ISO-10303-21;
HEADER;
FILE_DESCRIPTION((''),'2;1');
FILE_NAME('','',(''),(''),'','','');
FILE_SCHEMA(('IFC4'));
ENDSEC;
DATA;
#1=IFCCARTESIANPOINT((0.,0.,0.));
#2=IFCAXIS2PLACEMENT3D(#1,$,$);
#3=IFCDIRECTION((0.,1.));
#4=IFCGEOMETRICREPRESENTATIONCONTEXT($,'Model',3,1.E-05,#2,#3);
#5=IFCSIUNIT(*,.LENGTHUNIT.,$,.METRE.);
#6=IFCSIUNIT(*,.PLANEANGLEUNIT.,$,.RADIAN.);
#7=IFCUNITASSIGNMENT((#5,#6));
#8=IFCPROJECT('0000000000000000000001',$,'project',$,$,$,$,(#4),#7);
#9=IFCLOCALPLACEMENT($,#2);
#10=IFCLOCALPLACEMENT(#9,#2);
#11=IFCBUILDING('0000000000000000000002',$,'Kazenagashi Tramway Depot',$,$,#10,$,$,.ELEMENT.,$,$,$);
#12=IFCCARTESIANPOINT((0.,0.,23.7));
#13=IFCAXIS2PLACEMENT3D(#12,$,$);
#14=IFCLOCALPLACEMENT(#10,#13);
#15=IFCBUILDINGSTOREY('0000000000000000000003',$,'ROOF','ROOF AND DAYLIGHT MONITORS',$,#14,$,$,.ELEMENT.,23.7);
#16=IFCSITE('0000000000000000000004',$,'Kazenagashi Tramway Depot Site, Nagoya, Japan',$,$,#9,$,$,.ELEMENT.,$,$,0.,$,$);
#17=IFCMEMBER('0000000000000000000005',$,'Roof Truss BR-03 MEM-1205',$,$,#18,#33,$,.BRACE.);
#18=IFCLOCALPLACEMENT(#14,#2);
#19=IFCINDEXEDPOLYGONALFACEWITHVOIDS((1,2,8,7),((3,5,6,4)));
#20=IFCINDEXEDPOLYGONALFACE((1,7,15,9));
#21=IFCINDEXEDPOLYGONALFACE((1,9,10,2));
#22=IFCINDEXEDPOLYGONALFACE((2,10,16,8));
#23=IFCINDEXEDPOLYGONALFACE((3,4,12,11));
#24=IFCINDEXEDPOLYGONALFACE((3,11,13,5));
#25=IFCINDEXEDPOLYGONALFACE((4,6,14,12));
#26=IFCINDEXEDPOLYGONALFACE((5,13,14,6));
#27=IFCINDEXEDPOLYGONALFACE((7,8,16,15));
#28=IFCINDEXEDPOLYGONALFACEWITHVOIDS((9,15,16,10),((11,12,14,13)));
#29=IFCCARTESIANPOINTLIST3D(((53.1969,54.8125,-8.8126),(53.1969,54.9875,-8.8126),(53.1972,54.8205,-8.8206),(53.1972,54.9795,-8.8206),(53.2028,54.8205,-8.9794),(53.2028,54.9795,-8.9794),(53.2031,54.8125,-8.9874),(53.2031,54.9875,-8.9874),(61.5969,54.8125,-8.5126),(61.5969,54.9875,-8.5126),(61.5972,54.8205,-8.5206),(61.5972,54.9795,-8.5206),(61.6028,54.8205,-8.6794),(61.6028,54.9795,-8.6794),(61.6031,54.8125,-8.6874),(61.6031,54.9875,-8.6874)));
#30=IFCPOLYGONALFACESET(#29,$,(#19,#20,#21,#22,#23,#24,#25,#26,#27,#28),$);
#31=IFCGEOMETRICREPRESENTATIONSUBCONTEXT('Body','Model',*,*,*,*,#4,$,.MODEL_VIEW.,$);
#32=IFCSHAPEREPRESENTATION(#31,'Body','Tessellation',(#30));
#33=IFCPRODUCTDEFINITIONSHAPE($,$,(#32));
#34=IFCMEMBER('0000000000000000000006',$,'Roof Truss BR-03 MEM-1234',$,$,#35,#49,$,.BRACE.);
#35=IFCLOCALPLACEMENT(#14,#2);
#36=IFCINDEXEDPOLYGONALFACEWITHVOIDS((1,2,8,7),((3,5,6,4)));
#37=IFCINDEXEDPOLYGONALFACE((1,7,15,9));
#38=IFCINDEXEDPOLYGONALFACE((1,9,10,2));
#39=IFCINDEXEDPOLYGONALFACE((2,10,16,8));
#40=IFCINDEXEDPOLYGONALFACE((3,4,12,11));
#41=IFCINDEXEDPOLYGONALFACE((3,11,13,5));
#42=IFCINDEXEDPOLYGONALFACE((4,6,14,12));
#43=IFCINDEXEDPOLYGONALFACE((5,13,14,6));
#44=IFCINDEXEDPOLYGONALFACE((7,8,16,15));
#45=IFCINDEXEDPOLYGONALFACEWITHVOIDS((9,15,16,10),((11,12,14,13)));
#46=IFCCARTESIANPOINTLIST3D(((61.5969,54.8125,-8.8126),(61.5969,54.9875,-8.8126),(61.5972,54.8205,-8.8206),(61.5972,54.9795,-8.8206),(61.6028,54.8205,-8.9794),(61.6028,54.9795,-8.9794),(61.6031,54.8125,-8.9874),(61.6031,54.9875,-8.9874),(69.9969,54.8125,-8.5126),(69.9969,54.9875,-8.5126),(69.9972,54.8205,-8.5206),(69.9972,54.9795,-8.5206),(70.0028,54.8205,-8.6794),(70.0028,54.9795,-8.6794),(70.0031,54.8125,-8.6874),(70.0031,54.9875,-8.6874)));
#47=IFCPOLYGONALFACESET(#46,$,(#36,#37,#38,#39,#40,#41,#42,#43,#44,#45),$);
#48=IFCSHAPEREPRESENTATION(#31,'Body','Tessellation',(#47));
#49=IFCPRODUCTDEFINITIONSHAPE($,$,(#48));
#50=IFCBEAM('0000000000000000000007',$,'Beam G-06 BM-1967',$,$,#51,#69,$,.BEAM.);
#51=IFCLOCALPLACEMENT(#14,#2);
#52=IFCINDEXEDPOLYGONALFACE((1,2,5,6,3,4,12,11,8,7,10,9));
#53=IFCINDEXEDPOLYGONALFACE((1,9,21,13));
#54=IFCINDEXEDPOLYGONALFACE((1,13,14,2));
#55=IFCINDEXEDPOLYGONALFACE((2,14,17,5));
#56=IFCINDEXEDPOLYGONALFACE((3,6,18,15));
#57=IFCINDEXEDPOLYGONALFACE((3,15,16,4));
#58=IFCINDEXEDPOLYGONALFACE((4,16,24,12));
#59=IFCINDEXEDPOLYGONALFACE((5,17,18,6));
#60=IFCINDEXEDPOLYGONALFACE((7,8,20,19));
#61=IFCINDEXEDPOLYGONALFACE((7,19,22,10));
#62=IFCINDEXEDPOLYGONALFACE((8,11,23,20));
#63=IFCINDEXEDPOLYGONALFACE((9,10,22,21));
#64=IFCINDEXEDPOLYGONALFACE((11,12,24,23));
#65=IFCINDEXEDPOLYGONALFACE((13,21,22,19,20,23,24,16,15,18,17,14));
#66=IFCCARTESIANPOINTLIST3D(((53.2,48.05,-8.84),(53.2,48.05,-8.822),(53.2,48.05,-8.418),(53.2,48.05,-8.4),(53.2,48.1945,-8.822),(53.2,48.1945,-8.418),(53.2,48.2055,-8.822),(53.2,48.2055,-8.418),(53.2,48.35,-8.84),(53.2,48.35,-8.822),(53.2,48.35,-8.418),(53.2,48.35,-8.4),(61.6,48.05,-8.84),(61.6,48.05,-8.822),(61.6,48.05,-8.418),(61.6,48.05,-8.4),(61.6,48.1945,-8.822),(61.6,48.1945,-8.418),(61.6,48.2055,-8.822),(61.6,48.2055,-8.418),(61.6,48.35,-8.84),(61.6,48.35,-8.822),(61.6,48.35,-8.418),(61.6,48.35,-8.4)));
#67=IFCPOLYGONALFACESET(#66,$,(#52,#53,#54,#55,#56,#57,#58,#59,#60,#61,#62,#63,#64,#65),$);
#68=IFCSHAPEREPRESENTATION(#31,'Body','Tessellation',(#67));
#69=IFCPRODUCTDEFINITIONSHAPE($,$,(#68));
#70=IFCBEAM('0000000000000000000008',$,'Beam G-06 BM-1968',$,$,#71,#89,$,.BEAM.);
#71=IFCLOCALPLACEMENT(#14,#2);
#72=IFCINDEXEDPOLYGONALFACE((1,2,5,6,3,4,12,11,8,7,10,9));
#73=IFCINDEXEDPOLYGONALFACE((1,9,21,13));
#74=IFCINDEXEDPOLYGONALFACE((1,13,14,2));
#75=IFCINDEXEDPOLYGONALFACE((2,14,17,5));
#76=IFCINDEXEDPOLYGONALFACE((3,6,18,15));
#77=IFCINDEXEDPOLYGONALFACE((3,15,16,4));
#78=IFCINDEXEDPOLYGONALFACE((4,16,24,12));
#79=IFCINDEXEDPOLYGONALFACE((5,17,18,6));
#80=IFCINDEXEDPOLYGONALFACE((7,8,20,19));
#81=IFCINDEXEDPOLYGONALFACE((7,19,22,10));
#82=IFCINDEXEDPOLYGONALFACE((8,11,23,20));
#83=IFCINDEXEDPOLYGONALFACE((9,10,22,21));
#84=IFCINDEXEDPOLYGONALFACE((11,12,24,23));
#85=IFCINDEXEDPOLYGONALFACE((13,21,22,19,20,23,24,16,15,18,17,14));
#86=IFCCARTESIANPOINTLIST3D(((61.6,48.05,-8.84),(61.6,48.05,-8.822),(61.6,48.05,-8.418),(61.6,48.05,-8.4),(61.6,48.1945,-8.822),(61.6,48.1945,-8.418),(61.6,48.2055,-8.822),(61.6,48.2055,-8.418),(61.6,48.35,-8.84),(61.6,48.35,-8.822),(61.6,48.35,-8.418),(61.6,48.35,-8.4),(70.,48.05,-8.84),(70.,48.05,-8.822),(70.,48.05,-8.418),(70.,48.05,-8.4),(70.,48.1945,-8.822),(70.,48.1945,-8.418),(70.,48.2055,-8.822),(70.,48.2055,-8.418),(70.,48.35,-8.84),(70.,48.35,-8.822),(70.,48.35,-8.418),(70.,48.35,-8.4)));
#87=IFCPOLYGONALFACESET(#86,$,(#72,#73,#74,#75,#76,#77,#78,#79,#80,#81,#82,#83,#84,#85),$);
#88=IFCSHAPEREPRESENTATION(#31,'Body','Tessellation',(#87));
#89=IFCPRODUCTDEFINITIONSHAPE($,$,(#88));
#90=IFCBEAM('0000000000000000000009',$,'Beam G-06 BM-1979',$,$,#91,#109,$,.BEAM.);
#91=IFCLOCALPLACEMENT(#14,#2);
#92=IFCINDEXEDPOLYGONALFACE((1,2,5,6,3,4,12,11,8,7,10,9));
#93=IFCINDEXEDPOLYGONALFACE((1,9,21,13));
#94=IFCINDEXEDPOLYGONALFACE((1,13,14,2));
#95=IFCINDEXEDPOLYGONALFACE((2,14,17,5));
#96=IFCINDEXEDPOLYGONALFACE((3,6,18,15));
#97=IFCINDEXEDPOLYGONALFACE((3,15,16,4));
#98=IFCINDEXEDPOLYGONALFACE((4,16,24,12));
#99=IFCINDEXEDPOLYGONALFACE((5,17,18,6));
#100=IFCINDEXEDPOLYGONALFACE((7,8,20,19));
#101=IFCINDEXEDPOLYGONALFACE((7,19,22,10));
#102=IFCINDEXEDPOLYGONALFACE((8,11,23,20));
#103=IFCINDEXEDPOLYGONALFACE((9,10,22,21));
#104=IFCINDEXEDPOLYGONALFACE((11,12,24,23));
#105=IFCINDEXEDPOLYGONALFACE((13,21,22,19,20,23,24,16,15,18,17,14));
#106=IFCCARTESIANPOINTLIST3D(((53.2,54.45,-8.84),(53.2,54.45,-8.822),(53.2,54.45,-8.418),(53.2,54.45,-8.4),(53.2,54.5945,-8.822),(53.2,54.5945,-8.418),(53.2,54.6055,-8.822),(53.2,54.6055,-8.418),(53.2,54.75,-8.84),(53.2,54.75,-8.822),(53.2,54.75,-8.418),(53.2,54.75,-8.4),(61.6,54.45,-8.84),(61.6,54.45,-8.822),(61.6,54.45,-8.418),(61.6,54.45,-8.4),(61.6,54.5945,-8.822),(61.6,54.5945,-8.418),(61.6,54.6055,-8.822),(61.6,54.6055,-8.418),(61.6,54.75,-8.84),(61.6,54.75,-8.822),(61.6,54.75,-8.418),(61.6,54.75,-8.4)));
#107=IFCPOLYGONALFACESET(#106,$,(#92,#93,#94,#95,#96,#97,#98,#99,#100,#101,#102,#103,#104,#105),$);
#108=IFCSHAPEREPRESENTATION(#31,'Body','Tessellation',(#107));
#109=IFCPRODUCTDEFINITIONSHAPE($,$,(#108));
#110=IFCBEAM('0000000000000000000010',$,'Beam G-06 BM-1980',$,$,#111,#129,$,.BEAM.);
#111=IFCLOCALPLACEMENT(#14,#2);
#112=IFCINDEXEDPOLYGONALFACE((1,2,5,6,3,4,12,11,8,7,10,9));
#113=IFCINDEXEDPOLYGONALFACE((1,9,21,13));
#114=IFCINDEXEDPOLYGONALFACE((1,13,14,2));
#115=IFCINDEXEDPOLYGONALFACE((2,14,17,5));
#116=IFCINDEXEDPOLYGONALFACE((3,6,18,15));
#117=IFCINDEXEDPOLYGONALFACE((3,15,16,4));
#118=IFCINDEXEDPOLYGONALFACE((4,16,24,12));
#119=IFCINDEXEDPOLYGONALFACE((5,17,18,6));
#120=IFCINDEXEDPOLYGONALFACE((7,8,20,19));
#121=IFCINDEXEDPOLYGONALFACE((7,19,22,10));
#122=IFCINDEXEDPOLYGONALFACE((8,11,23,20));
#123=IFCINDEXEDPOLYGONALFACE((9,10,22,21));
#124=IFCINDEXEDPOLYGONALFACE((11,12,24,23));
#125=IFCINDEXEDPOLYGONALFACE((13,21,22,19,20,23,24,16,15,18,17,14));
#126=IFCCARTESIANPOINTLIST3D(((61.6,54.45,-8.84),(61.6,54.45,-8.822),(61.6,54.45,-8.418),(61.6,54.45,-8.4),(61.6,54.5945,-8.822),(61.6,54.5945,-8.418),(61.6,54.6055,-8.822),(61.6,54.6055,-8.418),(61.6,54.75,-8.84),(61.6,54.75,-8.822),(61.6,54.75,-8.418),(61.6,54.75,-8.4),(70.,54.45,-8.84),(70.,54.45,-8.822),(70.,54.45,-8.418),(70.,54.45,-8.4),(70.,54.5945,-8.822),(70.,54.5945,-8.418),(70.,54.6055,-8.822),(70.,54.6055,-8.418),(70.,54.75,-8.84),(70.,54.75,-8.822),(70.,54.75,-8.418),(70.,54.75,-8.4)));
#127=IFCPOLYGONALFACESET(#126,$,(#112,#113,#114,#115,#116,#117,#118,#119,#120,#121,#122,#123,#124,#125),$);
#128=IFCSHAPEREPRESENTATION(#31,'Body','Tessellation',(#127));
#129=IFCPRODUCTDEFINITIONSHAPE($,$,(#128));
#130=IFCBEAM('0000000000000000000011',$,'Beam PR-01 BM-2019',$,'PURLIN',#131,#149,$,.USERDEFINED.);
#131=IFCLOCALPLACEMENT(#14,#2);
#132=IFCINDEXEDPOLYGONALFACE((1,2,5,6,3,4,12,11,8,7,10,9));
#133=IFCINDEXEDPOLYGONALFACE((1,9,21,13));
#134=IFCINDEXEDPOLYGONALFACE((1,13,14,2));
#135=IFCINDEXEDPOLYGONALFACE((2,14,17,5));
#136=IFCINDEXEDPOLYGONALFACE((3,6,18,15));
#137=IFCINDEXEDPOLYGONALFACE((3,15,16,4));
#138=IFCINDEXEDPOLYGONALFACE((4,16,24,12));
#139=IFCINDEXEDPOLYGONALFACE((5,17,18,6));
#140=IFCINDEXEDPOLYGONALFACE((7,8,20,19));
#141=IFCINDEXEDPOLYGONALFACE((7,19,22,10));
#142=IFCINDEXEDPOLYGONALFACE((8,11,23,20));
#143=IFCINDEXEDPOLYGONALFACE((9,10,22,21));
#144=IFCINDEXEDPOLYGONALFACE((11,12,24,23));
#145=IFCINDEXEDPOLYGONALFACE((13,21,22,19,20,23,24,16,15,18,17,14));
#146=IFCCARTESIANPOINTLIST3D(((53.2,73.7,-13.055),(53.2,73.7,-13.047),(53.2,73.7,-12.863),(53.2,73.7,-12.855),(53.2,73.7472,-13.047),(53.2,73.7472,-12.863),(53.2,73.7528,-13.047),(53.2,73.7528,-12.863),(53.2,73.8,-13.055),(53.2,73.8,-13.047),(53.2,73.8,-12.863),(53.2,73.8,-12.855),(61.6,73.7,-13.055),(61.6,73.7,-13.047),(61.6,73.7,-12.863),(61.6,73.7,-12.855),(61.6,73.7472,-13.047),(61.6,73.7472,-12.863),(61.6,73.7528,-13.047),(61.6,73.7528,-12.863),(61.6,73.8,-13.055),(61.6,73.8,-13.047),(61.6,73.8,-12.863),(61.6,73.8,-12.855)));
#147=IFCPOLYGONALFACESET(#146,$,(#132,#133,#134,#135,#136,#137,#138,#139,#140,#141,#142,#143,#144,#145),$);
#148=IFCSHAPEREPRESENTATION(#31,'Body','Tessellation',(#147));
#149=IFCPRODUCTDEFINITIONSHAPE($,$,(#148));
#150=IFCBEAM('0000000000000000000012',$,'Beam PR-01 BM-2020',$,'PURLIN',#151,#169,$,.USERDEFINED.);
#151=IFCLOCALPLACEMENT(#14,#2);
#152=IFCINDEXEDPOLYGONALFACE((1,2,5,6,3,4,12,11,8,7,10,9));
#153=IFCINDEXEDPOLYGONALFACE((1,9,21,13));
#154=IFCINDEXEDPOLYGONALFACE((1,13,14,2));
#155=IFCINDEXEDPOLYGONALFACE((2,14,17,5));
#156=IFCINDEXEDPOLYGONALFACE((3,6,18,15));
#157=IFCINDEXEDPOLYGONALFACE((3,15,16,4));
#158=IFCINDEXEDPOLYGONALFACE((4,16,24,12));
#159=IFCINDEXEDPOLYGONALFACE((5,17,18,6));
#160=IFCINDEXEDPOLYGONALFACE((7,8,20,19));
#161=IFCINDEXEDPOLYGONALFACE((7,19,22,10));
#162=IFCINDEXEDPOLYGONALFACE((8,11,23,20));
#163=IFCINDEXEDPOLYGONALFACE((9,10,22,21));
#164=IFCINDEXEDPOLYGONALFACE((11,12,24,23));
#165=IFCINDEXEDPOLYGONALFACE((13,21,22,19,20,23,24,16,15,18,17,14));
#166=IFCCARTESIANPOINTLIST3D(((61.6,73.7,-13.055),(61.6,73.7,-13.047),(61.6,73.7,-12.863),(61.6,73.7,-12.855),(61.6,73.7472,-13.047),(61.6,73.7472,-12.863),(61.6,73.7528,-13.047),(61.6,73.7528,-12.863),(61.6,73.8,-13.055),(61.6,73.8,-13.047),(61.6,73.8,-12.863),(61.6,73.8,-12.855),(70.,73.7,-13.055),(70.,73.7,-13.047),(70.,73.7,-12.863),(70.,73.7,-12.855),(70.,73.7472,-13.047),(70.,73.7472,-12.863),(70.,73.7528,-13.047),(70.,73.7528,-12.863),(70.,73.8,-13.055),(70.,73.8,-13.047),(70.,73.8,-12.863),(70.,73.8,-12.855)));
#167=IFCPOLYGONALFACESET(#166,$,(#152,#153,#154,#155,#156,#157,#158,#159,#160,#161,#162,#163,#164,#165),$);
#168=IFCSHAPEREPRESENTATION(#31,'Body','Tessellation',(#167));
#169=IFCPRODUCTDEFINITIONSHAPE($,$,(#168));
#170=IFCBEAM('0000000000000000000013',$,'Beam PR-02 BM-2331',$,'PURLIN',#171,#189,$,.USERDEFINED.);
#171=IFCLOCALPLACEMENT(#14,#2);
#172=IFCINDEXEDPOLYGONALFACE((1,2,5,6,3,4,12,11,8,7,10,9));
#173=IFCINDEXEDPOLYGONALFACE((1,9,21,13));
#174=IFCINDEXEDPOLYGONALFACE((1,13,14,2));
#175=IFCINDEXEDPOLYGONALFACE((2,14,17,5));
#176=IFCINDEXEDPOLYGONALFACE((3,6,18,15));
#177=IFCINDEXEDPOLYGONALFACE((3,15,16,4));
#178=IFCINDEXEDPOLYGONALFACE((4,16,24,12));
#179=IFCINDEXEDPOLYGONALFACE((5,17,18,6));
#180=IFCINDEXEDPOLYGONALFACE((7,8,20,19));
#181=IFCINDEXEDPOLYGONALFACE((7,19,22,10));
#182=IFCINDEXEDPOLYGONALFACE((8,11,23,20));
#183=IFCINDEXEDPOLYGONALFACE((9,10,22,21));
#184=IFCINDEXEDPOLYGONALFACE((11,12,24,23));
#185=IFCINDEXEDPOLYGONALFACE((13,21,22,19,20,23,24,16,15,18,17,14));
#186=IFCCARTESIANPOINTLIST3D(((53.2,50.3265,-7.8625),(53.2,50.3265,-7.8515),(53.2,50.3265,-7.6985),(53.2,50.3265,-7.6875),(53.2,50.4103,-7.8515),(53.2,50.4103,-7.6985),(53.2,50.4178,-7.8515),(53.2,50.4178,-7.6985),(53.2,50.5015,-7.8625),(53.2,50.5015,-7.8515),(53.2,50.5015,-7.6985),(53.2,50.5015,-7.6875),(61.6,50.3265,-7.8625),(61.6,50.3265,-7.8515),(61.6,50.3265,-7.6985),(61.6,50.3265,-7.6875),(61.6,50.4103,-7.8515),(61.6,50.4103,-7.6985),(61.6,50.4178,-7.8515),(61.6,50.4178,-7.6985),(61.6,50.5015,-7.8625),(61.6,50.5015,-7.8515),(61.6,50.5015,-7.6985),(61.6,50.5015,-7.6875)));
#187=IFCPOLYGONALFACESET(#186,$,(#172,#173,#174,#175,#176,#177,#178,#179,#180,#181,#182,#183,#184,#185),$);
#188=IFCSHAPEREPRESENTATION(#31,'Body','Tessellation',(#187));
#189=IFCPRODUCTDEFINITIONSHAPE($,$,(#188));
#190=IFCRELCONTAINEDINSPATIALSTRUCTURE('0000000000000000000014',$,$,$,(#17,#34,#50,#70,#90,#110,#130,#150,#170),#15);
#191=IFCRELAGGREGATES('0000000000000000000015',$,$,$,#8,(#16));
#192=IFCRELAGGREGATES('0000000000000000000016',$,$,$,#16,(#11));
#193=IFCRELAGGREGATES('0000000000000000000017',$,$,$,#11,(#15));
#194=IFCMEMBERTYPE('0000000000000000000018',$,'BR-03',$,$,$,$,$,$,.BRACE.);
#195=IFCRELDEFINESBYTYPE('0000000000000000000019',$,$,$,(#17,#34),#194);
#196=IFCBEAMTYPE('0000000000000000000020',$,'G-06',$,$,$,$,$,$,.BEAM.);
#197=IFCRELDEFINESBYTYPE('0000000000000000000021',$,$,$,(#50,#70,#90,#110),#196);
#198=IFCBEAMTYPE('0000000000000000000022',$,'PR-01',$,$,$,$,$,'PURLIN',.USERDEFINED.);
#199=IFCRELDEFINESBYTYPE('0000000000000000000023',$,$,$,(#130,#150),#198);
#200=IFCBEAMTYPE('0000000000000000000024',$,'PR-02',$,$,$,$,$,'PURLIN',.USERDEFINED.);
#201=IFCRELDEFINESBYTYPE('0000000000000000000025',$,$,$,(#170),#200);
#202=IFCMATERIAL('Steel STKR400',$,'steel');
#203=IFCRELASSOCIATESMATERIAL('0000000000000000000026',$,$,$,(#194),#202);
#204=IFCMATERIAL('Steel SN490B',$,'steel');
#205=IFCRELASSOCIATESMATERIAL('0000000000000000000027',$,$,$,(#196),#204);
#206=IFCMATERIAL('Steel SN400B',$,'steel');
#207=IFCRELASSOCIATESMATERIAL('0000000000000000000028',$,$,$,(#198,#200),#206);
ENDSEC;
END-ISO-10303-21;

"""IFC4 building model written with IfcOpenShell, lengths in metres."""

from ifc_helpers import new_model, si_unit, direction, frame, origin, origin_2d, place, context, subcontext, project, spatial, hollow_rectangle, i_section, extrude, material, material_profile, profile_set, type_object, element, save


model = new_model("IFC4")

# Units and contexts
model_context = context("Model", 3, precision=1e-05, world=origin(), true_north=direction((0.0, 1.0)))
body_context = subcontext(model_context, "Body", "Model", "MODEL_VIEW")
ifc_project = project(units=[si_unit("LENGTHUNIT", "METRE"), si_unit("PLANEANGLEUNIT", "RADIAN")], contexts=[model_context])

# Site, building, storey
site_placement = place(None, origin())
site = spatial("IfcSite", under=ifc_project, at=site_placement, Name="Kazenagashi Tramway Depot Site, Nagoya, Japan", CompositionType="ELEMENT", RefElevation=0.0)
building_placement = place(site_placement, origin())
building = spatial("IfcBuilding", under=site, at=building_placement, Name="Kazenagashi Tramway Depot", CompositionType="ELEMENT")
storey_placement = place(building_placement, frame((0.0, 0.0, 23.7)))
storey = spatial("IfcBuildingStorey", under=building, at=storey_placement, Name="ROOF", Description="ROOF AND DAYLIGHT MONITORS", CompositionType="ELEMENT", Elevation=23.7)

# Members
ifc_material_1 = material(Name="Steel STKR400", Category="steel")
ifc_material_profile_1 = material_profile(ifc_material_1, hollow_rectangle(XDim=0.175, YDim=0.175, WallThickness=0.008, at=origin_2d()), Name="SHS-175x175x8")
ifc_profile_set_1 = profile_set([ifc_material_profile_1], Name="Steel STKR400")
member_type_1 = type_object("IfcMemberType", Name="BR-03", PredefinedType="BRACE", material=ifc_profile_set_1)
for number, where, z_axis, x_axis, name in (
    (1, (53.2, 54.9, -8.9), (0.999363, 0.0, 0.035692), (0.0, 1.0, 0.0), "Roof Truss BR-03 MEM-1205"),
    (2, (61.6, 54.9, -8.9), (0.999363, 0.0, 0.035692), (0.0, 1.0, 0.0), "Roof Truss BR-03 MEM-1234"),
):
    element("IfcMember", number, at=place(storey_placement, frame(where, z_axis=z_axis, x_axis=x_axis)), inside=storey, type_object=member_type_1, Name=name, PredefinedType="BRACE", context=body_context, shape_type="SweptSolid", body=[
        extrude(hollow_rectangle(XDim=0.175, YDim=0.175, WallThickness=0.008, at=origin_2d()), origin(), (0.0, 0.0, 1.0), 8.4054),
    ])

# Beams
ifc_material_2 = material(Name="Steel SN490B", Category="steel")
ifc_material_profile_2 = material_profile(ifc_material_2, i_section(OverallWidth=0.3, OverallDepth=0.44, WebThickness=0.011, FlangeThickness=0.018, at=origin_2d()), Name="H-440x300x11x18")
ifc_profile_set_2 = profile_set([ifc_material_profile_2], Name="Steel SN490B")
beam_type_1 = type_object("IfcBeamType", Name="G-06", PredefinedType="BEAM", material=ifc_profile_set_2)
for number, where, z_axis, x_axis, name in (
    (3, (53.2, 48.2, -8.62), (1.0, 0.0, 0.0), (0.0, 1.0, 0.0), "Beam G-06 BM-1967"),
    (4, (61.6, 48.2, -8.62), (1.0, 0.0, 0.0), (0.0, 1.0, 0.0), "Beam G-06 BM-1968"),
    (5, (53.2, 54.6, -8.62), (1.0, 0.0, 0.0), (0.0, 1.0, 0.0), "Beam G-06 BM-1979"),
    (6, (61.6, 54.6, -8.62), (1.0, 0.0, 0.0), (0.0, 1.0, 0.0), "Beam G-06 BM-1980"),
):
    element("IfcBeam", number, at=place(storey_placement, frame(where, z_axis=z_axis, x_axis=x_axis)), inside=storey, type_object=beam_type_1, Name=name, PredefinedType="BEAM", context=body_context, shape_type="SweptSolid", body=[
        extrude(i_section(OverallWidth=0.3, OverallDepth=0.44, WebThickness=0.011, FlangeThickness=0.018, at=origin_2d()), origin(), (0.0, 0.0, 1.0), 8.4),
    ])
ifc_material_3 = material(Name="Steel SN400B", Category="steel")
ifc_material_profile_3 = material_profile(ifc_material_3, i_section(OverallWidth=0.1, OverallDepth=0.2, WebThickness=0.0055, FlangeThickness=0.008, at=origin_2d()), Name="H-200x100x5.5x8")
ifc_profile_set_3 = profile_set([ifc_material_profile_3], Name="Steel SN400B")
beam_type_2 = type_object("IfcBeamType", Name="PR-01", ElementType="PURLIN", PredefinedType="USERDEFINED", material=ifc_profile_set_3)
for number, where, z_axis, x_axis, name in (
    (7, (53.2, 73.75, -12.955), (1.0, 0.0, 0.0), (0.0, 1.0, 0.0), "Beam PR-01 BM-2019"),
    (8, (61.6, 73.75, -12.955), (1.0, 0.0, 0.0), (0.0, 1.0, 0.0), "Beam PR-01 BM-2020"),
):
    element("IfcBeam", number, at=place(storey_placement, frame(where, z_axis=z_axis, x_axis=x_axis)), inside=storey, type_object=beam_type_2, Name=name, ObjectType="PURLIN", PredefinedType="USERDEFINED", context=body_context, shape_type="SweptSolid", body=[
        extrude(i_section(OverallWidth=0.1, OverallDepth=0.2, WebThickness=0.0055, FlangeThickness=0.008, at=origin_2d()), origin(), (0.0, 0.0, 1.0), 8.4),
    ])
ifc_material_profile_4 = material_profile(ifc_material_3, i_section(OverallWidth=0.175, OverallDepth=0.175, WebThickness=0.0075, FlangeThickness=0.011, at=origin_2d()), Name="H-175x175x7.5x11")
ifc_profile_set_4 = profile_set([ifc_material_profile_4], Name="Steel SN400B")
beam_type_3 = type_object("IfcBeamType", Name="PR-02", ElementType="PURLIN", PredefinedType="USERDEFINED", material=ifc_profile_set_4)
for number, where, z_axis, x_axis, name in (
    (9, (53.2, 50.414, -7.775), (1.0, 0.0, 0.0), (0.0, 1.0, 0.0), "Beam PR-02 BM-2331"),
):
    element("IfcBeam", number, at=place(storey_placement, frame(where, z_axis=z_axis, x_axis=x_axis)), inside=storey, type_object=beam_type_3, Name=name, ObjectType="PURLIN", PredefinedType="USERDEFINED", context=body_context, shape_type="SweptSolid", body=[
        extrude(i_section(OverallWidth=0.175, OverallDepth=0.175, WebThickness=0.0075, FlangeThickness=0.011, at=origin_2d()), origin(), (0.0, 0.0, 1.0), 8.4),
    ])

save(model, "model.ifc")
